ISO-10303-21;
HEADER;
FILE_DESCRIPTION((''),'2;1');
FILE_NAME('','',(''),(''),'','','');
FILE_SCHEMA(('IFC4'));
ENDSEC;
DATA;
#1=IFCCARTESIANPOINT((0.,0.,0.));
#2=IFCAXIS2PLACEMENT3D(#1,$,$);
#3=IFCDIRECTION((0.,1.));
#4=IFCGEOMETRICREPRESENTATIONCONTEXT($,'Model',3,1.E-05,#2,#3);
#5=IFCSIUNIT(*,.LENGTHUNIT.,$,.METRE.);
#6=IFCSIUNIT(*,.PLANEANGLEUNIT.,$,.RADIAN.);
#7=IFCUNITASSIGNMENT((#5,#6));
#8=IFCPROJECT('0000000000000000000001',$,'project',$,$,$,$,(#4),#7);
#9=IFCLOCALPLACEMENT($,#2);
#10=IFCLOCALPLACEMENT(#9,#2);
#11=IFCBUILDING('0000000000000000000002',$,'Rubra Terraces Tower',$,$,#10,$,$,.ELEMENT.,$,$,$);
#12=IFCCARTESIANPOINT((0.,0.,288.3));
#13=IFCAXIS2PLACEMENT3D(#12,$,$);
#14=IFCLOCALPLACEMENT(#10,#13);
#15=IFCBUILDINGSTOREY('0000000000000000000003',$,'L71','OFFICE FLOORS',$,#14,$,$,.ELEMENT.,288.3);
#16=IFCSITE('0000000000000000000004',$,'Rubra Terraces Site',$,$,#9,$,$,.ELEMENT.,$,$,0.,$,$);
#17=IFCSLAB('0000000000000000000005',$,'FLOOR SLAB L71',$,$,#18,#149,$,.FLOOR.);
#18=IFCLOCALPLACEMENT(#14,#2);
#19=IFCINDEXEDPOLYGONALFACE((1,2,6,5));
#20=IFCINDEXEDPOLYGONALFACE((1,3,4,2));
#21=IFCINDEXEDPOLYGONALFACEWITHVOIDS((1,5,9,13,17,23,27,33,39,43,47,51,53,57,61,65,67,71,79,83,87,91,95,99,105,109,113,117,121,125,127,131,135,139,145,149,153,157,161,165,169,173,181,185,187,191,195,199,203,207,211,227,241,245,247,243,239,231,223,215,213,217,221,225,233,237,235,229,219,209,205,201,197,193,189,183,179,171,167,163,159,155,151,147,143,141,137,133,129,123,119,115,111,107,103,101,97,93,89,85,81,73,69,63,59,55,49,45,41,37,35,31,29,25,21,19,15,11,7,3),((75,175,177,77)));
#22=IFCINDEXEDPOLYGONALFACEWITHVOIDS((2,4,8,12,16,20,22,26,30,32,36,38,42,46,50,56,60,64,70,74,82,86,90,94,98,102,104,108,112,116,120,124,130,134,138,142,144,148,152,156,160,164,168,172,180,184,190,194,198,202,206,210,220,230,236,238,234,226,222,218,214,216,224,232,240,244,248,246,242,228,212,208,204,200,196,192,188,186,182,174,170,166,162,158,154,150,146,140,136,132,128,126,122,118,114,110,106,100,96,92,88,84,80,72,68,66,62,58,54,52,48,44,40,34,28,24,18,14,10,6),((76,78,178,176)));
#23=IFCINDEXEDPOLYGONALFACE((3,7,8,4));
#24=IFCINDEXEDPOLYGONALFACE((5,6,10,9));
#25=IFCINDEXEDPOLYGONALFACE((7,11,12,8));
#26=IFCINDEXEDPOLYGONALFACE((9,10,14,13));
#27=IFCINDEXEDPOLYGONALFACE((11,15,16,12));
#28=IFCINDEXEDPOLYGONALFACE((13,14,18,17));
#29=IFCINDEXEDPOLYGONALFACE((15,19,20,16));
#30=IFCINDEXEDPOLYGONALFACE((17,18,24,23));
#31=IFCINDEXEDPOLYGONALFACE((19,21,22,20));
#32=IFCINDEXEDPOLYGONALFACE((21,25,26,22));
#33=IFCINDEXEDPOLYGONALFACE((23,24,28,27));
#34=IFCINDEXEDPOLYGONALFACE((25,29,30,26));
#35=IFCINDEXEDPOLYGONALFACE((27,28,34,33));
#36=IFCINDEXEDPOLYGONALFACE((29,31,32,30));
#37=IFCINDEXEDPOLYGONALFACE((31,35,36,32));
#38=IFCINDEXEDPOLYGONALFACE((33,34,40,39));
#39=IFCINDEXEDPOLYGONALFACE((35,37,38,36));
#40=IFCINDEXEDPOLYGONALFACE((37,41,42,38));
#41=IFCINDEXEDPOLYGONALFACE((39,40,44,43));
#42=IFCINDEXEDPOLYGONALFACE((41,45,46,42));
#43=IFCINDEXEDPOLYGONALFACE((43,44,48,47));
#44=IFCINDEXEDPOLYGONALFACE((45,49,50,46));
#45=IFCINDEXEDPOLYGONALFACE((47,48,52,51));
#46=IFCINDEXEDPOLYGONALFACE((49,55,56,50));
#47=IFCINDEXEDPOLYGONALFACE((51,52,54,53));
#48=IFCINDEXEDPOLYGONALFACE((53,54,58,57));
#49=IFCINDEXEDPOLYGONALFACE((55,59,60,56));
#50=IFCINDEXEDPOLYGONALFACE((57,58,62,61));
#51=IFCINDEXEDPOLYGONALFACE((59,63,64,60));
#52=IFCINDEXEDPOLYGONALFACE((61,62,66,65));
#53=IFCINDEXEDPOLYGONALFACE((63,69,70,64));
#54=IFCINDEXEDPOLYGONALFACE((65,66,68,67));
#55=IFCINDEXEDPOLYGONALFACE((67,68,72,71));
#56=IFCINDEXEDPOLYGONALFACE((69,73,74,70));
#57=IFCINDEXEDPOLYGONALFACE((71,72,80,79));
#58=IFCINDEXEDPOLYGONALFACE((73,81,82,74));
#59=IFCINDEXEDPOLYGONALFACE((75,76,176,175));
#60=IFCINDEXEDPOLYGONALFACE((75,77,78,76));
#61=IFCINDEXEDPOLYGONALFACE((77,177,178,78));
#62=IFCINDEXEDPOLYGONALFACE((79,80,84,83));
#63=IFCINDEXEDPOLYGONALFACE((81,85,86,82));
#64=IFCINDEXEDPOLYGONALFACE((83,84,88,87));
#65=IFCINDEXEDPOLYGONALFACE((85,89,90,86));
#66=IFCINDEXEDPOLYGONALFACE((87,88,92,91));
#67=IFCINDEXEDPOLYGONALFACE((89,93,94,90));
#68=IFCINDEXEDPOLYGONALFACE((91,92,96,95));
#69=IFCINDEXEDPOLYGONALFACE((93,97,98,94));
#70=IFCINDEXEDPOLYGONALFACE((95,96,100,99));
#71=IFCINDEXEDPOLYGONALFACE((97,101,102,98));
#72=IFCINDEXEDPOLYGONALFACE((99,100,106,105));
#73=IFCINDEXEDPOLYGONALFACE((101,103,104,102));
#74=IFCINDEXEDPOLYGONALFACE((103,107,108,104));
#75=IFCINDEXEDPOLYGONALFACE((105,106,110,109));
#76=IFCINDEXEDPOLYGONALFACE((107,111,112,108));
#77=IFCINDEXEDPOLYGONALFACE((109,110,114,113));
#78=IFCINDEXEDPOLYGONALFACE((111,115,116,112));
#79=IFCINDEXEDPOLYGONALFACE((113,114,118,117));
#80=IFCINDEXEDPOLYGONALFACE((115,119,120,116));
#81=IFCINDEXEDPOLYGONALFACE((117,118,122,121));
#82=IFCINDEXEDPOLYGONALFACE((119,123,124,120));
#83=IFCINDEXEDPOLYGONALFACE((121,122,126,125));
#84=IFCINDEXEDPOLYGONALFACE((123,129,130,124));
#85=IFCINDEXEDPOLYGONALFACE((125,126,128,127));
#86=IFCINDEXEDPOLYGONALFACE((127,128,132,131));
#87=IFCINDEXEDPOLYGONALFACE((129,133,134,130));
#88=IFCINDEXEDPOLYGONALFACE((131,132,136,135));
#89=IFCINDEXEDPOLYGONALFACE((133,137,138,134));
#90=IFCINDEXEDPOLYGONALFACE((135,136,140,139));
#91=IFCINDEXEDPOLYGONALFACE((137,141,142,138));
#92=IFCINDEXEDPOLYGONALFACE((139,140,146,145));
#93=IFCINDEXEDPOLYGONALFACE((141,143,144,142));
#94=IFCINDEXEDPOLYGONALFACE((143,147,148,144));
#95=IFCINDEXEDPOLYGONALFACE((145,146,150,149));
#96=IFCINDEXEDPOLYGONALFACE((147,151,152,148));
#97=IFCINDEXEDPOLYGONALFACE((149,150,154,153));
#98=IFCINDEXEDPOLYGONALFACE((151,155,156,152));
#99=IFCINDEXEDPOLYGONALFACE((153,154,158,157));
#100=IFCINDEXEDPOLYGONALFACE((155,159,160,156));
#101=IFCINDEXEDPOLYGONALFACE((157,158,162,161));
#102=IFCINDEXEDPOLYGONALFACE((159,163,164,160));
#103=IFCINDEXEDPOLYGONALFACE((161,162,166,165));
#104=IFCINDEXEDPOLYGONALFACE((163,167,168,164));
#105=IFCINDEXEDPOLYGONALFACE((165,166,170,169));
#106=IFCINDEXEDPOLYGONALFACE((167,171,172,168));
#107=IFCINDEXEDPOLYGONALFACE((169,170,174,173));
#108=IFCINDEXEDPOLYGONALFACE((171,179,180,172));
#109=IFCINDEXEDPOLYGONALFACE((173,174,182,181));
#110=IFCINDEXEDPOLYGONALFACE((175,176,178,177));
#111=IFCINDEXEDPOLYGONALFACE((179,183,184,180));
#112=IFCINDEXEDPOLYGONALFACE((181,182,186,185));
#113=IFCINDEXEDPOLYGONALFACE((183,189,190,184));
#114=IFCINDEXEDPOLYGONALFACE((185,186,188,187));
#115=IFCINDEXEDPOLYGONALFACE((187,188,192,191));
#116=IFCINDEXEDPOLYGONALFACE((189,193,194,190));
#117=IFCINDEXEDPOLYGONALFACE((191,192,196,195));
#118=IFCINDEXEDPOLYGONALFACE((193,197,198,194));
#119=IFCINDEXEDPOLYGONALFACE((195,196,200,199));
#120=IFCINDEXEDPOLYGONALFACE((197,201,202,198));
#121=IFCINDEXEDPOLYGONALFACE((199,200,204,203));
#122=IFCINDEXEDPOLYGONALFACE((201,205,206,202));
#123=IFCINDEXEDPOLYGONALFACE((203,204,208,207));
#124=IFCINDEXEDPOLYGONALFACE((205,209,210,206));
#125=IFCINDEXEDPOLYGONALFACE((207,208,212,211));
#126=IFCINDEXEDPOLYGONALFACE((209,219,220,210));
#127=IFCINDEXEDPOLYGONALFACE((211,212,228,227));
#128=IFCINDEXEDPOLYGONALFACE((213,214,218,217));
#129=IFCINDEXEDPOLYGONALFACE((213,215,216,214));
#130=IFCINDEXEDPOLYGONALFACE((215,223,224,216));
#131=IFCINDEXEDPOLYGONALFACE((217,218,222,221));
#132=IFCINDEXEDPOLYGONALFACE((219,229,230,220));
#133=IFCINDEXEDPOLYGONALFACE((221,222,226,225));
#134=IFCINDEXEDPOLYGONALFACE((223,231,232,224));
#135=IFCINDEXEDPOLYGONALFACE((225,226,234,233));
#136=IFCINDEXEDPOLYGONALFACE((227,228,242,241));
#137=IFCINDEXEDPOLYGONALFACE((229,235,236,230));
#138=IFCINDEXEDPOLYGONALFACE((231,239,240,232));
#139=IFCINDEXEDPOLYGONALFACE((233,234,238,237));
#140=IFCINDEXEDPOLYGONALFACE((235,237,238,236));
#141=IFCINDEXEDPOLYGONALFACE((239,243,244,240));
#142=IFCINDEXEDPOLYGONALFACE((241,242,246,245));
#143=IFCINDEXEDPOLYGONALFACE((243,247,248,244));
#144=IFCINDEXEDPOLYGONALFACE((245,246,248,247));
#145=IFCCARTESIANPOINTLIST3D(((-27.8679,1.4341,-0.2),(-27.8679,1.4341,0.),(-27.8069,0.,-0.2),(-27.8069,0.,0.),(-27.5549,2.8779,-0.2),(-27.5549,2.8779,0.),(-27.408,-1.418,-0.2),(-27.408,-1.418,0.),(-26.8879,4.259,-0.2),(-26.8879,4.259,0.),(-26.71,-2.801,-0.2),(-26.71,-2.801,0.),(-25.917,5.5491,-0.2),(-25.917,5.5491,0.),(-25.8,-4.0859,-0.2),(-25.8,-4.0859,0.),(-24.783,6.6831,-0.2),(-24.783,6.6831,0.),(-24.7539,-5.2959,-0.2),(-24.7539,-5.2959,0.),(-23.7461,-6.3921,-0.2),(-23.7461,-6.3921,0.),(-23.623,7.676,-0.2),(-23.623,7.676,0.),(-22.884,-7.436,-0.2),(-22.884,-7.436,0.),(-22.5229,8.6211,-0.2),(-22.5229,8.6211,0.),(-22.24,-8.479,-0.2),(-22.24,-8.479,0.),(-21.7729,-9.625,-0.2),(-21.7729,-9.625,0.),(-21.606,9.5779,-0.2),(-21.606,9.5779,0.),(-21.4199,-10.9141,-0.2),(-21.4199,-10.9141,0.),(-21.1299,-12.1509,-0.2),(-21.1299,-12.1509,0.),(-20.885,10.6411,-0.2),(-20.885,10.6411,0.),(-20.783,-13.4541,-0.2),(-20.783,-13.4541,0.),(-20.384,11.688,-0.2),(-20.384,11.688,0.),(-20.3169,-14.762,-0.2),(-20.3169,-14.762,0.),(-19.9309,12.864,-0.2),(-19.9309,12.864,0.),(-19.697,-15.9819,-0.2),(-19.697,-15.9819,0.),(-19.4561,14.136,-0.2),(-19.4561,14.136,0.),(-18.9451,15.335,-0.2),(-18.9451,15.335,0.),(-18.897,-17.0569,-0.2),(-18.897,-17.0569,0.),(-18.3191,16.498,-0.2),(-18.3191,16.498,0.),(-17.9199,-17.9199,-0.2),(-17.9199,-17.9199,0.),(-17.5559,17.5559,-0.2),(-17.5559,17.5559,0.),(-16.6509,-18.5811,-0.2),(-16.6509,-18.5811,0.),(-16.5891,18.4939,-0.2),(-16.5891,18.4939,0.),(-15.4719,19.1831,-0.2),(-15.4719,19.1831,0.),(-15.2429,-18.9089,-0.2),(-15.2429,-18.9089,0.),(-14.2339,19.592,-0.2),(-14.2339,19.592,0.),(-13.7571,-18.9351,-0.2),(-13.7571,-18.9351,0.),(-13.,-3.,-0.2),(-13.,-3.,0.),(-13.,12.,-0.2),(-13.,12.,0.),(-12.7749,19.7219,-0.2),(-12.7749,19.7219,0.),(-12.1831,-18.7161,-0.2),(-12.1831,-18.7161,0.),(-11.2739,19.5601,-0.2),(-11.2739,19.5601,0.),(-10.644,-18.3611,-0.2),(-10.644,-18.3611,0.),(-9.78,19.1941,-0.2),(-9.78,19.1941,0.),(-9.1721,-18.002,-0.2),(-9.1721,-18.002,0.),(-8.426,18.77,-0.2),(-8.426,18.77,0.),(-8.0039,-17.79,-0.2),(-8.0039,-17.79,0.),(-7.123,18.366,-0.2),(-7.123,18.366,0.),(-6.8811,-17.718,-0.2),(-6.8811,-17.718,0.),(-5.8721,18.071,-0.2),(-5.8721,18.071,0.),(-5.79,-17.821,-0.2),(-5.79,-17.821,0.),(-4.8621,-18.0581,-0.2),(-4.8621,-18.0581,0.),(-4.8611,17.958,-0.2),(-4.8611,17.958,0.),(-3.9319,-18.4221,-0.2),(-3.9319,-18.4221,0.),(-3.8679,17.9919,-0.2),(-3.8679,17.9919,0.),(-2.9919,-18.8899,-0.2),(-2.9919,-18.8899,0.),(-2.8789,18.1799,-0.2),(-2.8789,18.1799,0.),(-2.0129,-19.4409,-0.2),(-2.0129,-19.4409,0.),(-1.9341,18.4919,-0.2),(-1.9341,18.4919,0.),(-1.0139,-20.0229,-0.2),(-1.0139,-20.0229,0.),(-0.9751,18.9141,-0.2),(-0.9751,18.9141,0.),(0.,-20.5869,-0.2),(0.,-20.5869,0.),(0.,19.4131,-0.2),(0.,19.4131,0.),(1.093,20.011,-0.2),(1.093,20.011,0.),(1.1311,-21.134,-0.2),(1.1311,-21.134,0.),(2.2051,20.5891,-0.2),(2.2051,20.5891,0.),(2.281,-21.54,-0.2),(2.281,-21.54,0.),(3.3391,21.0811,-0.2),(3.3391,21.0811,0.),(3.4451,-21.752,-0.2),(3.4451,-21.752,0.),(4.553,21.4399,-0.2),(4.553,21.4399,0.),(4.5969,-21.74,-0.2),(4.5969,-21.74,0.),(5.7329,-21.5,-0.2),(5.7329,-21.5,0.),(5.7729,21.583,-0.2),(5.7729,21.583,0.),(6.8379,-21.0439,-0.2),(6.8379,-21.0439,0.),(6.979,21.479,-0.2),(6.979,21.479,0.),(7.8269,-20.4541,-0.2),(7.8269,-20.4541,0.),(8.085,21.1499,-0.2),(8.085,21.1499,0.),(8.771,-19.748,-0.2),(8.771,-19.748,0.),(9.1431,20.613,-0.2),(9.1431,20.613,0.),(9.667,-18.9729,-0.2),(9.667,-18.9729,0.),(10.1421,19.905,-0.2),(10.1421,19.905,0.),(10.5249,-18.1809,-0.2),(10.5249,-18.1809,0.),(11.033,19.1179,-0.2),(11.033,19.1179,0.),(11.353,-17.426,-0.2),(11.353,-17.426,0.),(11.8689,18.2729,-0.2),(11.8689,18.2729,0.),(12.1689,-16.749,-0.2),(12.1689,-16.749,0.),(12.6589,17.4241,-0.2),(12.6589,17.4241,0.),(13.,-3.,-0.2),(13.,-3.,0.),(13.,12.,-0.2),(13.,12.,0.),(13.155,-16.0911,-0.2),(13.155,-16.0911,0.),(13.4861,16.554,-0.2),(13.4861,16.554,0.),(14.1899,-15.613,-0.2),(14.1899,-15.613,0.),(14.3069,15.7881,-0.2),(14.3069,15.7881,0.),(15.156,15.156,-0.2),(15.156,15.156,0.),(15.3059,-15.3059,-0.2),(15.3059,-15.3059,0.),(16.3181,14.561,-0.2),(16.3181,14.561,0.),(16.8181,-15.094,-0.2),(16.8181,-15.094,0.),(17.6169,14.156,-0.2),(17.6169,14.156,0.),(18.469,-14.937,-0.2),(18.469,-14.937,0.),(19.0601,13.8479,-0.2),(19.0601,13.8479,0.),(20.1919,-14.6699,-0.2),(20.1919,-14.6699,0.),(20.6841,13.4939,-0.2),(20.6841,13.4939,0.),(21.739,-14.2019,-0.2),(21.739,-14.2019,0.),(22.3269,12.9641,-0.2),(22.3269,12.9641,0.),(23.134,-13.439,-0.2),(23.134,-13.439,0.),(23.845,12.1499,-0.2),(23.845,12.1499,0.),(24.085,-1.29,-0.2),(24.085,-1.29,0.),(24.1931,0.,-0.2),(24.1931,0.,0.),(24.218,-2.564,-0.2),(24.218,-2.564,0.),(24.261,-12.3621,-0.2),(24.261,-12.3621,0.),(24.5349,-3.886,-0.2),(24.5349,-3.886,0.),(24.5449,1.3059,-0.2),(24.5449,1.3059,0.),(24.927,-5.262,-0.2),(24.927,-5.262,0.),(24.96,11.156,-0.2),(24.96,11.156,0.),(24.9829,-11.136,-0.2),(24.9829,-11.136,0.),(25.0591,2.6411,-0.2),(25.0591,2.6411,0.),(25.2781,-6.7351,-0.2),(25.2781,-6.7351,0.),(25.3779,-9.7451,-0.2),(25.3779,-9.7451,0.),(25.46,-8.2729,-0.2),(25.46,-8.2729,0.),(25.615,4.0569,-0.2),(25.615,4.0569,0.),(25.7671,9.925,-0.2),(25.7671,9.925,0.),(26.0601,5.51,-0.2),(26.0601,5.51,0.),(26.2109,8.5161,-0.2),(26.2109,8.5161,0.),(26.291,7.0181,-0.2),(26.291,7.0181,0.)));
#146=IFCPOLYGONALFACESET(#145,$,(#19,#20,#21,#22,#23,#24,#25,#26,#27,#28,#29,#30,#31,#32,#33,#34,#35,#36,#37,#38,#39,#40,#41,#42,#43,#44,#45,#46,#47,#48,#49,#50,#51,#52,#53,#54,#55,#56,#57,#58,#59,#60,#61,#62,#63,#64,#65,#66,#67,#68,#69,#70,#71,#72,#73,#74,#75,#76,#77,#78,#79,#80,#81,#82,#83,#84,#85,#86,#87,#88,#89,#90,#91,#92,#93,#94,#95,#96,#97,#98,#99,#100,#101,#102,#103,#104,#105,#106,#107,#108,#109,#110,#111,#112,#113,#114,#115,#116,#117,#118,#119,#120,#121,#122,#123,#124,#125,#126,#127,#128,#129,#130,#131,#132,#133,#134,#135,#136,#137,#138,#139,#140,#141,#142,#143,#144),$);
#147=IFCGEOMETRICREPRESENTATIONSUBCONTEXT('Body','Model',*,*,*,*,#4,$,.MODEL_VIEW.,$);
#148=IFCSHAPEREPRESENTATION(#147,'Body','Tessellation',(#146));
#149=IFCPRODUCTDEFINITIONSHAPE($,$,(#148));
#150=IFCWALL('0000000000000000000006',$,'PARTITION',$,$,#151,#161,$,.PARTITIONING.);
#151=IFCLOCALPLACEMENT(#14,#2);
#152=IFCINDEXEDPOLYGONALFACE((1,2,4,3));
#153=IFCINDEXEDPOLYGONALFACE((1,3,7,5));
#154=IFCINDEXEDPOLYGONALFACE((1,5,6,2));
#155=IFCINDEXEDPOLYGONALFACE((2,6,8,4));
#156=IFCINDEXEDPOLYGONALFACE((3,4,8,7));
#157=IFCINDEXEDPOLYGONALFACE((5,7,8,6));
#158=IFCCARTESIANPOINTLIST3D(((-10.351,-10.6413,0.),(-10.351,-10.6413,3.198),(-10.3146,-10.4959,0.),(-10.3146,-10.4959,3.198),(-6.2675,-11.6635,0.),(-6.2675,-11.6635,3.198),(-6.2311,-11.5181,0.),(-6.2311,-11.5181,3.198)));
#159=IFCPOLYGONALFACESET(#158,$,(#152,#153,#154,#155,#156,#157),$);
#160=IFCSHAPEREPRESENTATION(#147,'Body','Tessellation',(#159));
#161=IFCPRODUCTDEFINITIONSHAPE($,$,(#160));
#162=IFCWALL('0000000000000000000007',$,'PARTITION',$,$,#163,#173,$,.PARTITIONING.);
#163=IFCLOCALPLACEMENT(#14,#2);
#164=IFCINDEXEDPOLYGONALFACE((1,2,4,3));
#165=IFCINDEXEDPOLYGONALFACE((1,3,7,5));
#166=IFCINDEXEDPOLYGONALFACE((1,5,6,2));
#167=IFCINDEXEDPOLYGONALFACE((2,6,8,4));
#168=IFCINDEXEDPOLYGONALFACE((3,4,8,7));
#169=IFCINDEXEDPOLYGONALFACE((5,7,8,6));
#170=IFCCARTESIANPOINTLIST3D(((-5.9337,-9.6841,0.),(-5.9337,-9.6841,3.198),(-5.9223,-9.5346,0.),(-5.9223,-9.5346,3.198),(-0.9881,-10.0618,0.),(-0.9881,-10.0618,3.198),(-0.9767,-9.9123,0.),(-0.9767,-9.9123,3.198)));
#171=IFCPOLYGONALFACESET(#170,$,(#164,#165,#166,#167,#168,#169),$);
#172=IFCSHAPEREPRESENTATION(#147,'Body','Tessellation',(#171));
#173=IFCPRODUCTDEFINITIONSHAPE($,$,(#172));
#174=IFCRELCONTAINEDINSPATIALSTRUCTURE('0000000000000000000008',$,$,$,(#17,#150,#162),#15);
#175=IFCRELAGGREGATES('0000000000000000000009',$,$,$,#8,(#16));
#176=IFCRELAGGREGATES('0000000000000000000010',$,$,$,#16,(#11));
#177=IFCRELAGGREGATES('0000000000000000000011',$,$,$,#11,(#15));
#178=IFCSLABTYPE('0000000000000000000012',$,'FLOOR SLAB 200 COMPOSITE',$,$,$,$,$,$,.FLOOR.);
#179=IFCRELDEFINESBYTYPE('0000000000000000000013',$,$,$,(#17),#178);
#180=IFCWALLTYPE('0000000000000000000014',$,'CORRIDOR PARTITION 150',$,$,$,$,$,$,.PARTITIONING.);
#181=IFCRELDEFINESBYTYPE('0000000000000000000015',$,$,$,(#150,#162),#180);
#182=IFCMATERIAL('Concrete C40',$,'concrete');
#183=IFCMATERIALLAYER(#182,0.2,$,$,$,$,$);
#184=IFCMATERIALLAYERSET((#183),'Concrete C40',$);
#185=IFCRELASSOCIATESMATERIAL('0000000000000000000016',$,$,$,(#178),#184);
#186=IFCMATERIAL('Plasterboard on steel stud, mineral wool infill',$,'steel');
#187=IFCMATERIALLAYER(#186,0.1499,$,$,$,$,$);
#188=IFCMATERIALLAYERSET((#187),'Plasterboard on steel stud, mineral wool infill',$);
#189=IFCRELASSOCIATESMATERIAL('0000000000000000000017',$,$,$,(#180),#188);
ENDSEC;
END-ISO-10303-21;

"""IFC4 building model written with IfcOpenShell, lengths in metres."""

from ifc_helpers import new_model, si_unit, direction, frame, frame_2d, origin, place, context, subcontext, project, spatial, polyline, rectangle, outline, extrude, material, layer, layer_set, type_object, element, save


model = new_model("IFC4")

# Units and contexts
model_context = context("Model", 3, precision=1e-05, world=origin(), true_north=direction((0.0, 1.0)))
body_context = subcontext(model_context, "Body", "Model", "MODEL_VIEW")
ifc_project = project(units=[si_unit("LENGTHUNIT", "METRE"), si_unit("PLANEANGLEUNIT", "RADIAN")], contexts=[model_context])

# Site, building, storey
site_placement = place(None, origin())
site = spatial("IfcSite", under=ifc_project, at=site_placement, Name="Rubra Terraces Site", CompositionType="ELEMENT", RefElevation=0.0)
building_placement = place(site_placement, origin())
building = spatial("IfcBuilding", under=site, at=building_placement, Name="Rubra Terraces Tower", CompositionType="ELEMENT")
storey_placement = place(building_placement, frame((0.0, 0.0, 288.3)))
storey = spatial("IfcBuildingStorey", under=building, at=storey_placement, Name="L71", Description="OFFICE FLOORS", CompositionType="ELEMENT", Elevation=288.3)

# Shared definitions
ifc_material_1 = material(Name="Concrete C40", Category="concrete")

# Slab
ifc_layer_1 = layer(ifc_material_1, 0.2)
ifc_layer_set_1 = layer_set([ifc_layer_1], Name="Concrete C40")
slab_type_1 = type_object("IfcSlabType", Name="FLOOR SLAB 200 COMPOSITE", PredefinedType="FLOOR", material=ifc_layer_set_1)
slab_1_placement = place(storey_placement, frame((0.0, 0.0, -0.2)))
element("IfcSlab", 1, at=slab_1_placement, inside=storey, type_object=slab_type_1, Name="FLOOR SLAB L71", PredefinedType="FLOOR", context=body_context, shape_type="SweptSolid", body=[
    extrude(outline(polyline([(24.085, -1.29), (24.1931, 0.0), (24.5449, 1.3059), (25.0591, 2.6411), (25.615, 4.0569), (26.0601, 5.51), (26.291, 7.0181), (26.2109, 8.5161), (25.7671, 9.925), (24.96, 11.156), (23.845, 12.1499), (22.3269, 12.9641), (20.6841, 13.4939), (19.0601, 13.8479), (17.6169, 14.156), (16.3181, 14.561), (15.156, 15.156), (14.3069, 15.7881), (13.4861, 16.554), (12.6589, 17.4241), (11.8689, 18.2729), (11.033, 19.1179), (10.1421, 19.905), (9.1431, 20.613), (8.085, 21.1499), (6.979, 21.479), (5.7729, 21.583), (4.553, 21.4399), (3.3391, 21.0811), (2.2051, 20.5891), (1.093, 20.011), (0.0, 19.4131), (-0.9751, 18.9141), (-1.9341, 18.4919), (-2.8789, 18.1799), (-3.8679, 17.9919), (-4.8611, 17.958), (-5.8721, 18.071), (-7.123, 18.366), (-8.426, 18.77), (-9.78, 19.1941), (-11.2739, 19.5601), (-12.7749, 19.7219), (-14.2339, 19.592), (-15.4719, 19.1831), (-16.5891, 18.4939), (-17.5559, 17.5559), (-18.3191, 16.498), (-18.9451, 15.335), (-19.4561, 14.136), (-19.9309, 12.864), (-20.384, 11.688), (-20.885, 10.6411), (-21.606, 9.5779), (-22.5229, 8.6211), (-23.623, 7.676), (-24.783, 6.6831), (-25.917, 5.5491), (-26.8879, 4.259), (-27.5549, 2.8779), (-27.8679, 1.4341), (-27.8069, 0.0), (-27.408, -1.418), (-26.71, -2.801), (-25.8, -4.0859), (-24.7539, -5.2959), (-23.7461, -6.3921), (-22.884, -7.436), (-22.24, -8.479), (-21.7729, -9.625), (-21.4199, -10.9141), (-21.1299, -12.1509), (-20.783, -13.4541), (-20.3169, -14.762), (-19.697, -15.9819), (-18.897, -17.0569), (-17.9199, -17.9199), (-16.6509, -18.5811), (-15.2429, -18.9089), (-13.7571, -18.9351), (-12.1831, -18.7161), (-10.644, -18.3611), (-9.1721, -18.002), (-8.0039, -17.79), (-6.8811, -17.718), (-5.79, -17.821), (-4.8621, -18.0581), (-3.9319, -18.4221), (-2.9919, -18.8899), (-2.0129, -19.4409), (-1.0139, -20.0229), (0.0, -20.5869), (1.1311, -21.134), (2.281, -21.54), (3.4451, -21.752), (4.5969, -21.74), (5.7329, -21.5), (6.8379, -21.0439), (7.8269, -20.4541), (8.771, -19.748), (9.667, -18.9729), (10.5249, -18.1809), (11.353, -17.426), (12.1689, -16.749), (13.155, -16.0911), (14.1899, -15.613), (15.3059, -15.3059), (16.8181, -15.094), (18.469, -14.937), (20.1919, -14.6699), (21.739, -14.2019), (23.134, -13.439), (24.261, -12.3621), (24.9829, -11.136), (25.3779, -9.7451), (25.46, -8.2729), (25.2781, -6.7351), (24.927, -5.262), (24.5349, -3.886), (24.218, -2.564), (24.085, -1.29)]), holes=[polyline([(13.0, 12.0), (13.0, -3.0), (-13.0, -3.0), (-13.0, 12.0), (13.0, 12.0)])]), origin(), (0.0, 0.0, 1.0), 0.2),
])

# Walls
ifc_material_2 = material(Name="Plasterboard on steel stud, mineral wool infill", Category="steel")
ifc_layer_2 = layer(ifc_material_2, 0.1499)
ifc_layer_set_2 = layer_set([ifc_layer_2], Name="Plasterboard on steel stud, mineral wool infill")
wall_type_1 = type_object("IfcWallType", Name="CORRIDOR PARTITION 150", PredefinedType="PARTITIONING", material=ifc_layer_set_2)
wall_1_placement = place(storey_placement, frame((-10.3328, -10.5686, 0.0), z_axis=(0.0, 0.0, 1.0), x_axis=(0.970067, -0.242836, 0.0)))
element("IfcWall", 2, at=wall_1_placement, inside=storey, type_object=wall_type_1, Name="PARTITION", PredefinedType="PARTITIONING", context=body_context, shape_type="SweptSolid", body=[
    extrude(rectangle(XDim=4.2095, YDim=0.1499, at=frame_2d((2.1047, 0.0))), origin(), (0.0, 0.0, 1.0), 3.198),
])
wall_2_placement = place(storey_placement, frame((-0.9824, -9.9871, 0.0), z_axis=(0.0, 0.0, 1.0), x_axis=(-0.997097, 0.076147, 0.0)))
element("IfcWall", 3, at=wall_2_placement, inside=storey, type_object=wall_type_1, Name="PARTITION", PredefinedType="PARTITIONING", context=body_context, shape_type="SweptSolid", body=[
    extrude(rectangle(XDim=4.96, YDim=0.1499, at=frame_2d((2.48, 0.0))), origin(), (0.0, 0.0, 1.0), 3.198),
])

save(model, "model.ifc")
